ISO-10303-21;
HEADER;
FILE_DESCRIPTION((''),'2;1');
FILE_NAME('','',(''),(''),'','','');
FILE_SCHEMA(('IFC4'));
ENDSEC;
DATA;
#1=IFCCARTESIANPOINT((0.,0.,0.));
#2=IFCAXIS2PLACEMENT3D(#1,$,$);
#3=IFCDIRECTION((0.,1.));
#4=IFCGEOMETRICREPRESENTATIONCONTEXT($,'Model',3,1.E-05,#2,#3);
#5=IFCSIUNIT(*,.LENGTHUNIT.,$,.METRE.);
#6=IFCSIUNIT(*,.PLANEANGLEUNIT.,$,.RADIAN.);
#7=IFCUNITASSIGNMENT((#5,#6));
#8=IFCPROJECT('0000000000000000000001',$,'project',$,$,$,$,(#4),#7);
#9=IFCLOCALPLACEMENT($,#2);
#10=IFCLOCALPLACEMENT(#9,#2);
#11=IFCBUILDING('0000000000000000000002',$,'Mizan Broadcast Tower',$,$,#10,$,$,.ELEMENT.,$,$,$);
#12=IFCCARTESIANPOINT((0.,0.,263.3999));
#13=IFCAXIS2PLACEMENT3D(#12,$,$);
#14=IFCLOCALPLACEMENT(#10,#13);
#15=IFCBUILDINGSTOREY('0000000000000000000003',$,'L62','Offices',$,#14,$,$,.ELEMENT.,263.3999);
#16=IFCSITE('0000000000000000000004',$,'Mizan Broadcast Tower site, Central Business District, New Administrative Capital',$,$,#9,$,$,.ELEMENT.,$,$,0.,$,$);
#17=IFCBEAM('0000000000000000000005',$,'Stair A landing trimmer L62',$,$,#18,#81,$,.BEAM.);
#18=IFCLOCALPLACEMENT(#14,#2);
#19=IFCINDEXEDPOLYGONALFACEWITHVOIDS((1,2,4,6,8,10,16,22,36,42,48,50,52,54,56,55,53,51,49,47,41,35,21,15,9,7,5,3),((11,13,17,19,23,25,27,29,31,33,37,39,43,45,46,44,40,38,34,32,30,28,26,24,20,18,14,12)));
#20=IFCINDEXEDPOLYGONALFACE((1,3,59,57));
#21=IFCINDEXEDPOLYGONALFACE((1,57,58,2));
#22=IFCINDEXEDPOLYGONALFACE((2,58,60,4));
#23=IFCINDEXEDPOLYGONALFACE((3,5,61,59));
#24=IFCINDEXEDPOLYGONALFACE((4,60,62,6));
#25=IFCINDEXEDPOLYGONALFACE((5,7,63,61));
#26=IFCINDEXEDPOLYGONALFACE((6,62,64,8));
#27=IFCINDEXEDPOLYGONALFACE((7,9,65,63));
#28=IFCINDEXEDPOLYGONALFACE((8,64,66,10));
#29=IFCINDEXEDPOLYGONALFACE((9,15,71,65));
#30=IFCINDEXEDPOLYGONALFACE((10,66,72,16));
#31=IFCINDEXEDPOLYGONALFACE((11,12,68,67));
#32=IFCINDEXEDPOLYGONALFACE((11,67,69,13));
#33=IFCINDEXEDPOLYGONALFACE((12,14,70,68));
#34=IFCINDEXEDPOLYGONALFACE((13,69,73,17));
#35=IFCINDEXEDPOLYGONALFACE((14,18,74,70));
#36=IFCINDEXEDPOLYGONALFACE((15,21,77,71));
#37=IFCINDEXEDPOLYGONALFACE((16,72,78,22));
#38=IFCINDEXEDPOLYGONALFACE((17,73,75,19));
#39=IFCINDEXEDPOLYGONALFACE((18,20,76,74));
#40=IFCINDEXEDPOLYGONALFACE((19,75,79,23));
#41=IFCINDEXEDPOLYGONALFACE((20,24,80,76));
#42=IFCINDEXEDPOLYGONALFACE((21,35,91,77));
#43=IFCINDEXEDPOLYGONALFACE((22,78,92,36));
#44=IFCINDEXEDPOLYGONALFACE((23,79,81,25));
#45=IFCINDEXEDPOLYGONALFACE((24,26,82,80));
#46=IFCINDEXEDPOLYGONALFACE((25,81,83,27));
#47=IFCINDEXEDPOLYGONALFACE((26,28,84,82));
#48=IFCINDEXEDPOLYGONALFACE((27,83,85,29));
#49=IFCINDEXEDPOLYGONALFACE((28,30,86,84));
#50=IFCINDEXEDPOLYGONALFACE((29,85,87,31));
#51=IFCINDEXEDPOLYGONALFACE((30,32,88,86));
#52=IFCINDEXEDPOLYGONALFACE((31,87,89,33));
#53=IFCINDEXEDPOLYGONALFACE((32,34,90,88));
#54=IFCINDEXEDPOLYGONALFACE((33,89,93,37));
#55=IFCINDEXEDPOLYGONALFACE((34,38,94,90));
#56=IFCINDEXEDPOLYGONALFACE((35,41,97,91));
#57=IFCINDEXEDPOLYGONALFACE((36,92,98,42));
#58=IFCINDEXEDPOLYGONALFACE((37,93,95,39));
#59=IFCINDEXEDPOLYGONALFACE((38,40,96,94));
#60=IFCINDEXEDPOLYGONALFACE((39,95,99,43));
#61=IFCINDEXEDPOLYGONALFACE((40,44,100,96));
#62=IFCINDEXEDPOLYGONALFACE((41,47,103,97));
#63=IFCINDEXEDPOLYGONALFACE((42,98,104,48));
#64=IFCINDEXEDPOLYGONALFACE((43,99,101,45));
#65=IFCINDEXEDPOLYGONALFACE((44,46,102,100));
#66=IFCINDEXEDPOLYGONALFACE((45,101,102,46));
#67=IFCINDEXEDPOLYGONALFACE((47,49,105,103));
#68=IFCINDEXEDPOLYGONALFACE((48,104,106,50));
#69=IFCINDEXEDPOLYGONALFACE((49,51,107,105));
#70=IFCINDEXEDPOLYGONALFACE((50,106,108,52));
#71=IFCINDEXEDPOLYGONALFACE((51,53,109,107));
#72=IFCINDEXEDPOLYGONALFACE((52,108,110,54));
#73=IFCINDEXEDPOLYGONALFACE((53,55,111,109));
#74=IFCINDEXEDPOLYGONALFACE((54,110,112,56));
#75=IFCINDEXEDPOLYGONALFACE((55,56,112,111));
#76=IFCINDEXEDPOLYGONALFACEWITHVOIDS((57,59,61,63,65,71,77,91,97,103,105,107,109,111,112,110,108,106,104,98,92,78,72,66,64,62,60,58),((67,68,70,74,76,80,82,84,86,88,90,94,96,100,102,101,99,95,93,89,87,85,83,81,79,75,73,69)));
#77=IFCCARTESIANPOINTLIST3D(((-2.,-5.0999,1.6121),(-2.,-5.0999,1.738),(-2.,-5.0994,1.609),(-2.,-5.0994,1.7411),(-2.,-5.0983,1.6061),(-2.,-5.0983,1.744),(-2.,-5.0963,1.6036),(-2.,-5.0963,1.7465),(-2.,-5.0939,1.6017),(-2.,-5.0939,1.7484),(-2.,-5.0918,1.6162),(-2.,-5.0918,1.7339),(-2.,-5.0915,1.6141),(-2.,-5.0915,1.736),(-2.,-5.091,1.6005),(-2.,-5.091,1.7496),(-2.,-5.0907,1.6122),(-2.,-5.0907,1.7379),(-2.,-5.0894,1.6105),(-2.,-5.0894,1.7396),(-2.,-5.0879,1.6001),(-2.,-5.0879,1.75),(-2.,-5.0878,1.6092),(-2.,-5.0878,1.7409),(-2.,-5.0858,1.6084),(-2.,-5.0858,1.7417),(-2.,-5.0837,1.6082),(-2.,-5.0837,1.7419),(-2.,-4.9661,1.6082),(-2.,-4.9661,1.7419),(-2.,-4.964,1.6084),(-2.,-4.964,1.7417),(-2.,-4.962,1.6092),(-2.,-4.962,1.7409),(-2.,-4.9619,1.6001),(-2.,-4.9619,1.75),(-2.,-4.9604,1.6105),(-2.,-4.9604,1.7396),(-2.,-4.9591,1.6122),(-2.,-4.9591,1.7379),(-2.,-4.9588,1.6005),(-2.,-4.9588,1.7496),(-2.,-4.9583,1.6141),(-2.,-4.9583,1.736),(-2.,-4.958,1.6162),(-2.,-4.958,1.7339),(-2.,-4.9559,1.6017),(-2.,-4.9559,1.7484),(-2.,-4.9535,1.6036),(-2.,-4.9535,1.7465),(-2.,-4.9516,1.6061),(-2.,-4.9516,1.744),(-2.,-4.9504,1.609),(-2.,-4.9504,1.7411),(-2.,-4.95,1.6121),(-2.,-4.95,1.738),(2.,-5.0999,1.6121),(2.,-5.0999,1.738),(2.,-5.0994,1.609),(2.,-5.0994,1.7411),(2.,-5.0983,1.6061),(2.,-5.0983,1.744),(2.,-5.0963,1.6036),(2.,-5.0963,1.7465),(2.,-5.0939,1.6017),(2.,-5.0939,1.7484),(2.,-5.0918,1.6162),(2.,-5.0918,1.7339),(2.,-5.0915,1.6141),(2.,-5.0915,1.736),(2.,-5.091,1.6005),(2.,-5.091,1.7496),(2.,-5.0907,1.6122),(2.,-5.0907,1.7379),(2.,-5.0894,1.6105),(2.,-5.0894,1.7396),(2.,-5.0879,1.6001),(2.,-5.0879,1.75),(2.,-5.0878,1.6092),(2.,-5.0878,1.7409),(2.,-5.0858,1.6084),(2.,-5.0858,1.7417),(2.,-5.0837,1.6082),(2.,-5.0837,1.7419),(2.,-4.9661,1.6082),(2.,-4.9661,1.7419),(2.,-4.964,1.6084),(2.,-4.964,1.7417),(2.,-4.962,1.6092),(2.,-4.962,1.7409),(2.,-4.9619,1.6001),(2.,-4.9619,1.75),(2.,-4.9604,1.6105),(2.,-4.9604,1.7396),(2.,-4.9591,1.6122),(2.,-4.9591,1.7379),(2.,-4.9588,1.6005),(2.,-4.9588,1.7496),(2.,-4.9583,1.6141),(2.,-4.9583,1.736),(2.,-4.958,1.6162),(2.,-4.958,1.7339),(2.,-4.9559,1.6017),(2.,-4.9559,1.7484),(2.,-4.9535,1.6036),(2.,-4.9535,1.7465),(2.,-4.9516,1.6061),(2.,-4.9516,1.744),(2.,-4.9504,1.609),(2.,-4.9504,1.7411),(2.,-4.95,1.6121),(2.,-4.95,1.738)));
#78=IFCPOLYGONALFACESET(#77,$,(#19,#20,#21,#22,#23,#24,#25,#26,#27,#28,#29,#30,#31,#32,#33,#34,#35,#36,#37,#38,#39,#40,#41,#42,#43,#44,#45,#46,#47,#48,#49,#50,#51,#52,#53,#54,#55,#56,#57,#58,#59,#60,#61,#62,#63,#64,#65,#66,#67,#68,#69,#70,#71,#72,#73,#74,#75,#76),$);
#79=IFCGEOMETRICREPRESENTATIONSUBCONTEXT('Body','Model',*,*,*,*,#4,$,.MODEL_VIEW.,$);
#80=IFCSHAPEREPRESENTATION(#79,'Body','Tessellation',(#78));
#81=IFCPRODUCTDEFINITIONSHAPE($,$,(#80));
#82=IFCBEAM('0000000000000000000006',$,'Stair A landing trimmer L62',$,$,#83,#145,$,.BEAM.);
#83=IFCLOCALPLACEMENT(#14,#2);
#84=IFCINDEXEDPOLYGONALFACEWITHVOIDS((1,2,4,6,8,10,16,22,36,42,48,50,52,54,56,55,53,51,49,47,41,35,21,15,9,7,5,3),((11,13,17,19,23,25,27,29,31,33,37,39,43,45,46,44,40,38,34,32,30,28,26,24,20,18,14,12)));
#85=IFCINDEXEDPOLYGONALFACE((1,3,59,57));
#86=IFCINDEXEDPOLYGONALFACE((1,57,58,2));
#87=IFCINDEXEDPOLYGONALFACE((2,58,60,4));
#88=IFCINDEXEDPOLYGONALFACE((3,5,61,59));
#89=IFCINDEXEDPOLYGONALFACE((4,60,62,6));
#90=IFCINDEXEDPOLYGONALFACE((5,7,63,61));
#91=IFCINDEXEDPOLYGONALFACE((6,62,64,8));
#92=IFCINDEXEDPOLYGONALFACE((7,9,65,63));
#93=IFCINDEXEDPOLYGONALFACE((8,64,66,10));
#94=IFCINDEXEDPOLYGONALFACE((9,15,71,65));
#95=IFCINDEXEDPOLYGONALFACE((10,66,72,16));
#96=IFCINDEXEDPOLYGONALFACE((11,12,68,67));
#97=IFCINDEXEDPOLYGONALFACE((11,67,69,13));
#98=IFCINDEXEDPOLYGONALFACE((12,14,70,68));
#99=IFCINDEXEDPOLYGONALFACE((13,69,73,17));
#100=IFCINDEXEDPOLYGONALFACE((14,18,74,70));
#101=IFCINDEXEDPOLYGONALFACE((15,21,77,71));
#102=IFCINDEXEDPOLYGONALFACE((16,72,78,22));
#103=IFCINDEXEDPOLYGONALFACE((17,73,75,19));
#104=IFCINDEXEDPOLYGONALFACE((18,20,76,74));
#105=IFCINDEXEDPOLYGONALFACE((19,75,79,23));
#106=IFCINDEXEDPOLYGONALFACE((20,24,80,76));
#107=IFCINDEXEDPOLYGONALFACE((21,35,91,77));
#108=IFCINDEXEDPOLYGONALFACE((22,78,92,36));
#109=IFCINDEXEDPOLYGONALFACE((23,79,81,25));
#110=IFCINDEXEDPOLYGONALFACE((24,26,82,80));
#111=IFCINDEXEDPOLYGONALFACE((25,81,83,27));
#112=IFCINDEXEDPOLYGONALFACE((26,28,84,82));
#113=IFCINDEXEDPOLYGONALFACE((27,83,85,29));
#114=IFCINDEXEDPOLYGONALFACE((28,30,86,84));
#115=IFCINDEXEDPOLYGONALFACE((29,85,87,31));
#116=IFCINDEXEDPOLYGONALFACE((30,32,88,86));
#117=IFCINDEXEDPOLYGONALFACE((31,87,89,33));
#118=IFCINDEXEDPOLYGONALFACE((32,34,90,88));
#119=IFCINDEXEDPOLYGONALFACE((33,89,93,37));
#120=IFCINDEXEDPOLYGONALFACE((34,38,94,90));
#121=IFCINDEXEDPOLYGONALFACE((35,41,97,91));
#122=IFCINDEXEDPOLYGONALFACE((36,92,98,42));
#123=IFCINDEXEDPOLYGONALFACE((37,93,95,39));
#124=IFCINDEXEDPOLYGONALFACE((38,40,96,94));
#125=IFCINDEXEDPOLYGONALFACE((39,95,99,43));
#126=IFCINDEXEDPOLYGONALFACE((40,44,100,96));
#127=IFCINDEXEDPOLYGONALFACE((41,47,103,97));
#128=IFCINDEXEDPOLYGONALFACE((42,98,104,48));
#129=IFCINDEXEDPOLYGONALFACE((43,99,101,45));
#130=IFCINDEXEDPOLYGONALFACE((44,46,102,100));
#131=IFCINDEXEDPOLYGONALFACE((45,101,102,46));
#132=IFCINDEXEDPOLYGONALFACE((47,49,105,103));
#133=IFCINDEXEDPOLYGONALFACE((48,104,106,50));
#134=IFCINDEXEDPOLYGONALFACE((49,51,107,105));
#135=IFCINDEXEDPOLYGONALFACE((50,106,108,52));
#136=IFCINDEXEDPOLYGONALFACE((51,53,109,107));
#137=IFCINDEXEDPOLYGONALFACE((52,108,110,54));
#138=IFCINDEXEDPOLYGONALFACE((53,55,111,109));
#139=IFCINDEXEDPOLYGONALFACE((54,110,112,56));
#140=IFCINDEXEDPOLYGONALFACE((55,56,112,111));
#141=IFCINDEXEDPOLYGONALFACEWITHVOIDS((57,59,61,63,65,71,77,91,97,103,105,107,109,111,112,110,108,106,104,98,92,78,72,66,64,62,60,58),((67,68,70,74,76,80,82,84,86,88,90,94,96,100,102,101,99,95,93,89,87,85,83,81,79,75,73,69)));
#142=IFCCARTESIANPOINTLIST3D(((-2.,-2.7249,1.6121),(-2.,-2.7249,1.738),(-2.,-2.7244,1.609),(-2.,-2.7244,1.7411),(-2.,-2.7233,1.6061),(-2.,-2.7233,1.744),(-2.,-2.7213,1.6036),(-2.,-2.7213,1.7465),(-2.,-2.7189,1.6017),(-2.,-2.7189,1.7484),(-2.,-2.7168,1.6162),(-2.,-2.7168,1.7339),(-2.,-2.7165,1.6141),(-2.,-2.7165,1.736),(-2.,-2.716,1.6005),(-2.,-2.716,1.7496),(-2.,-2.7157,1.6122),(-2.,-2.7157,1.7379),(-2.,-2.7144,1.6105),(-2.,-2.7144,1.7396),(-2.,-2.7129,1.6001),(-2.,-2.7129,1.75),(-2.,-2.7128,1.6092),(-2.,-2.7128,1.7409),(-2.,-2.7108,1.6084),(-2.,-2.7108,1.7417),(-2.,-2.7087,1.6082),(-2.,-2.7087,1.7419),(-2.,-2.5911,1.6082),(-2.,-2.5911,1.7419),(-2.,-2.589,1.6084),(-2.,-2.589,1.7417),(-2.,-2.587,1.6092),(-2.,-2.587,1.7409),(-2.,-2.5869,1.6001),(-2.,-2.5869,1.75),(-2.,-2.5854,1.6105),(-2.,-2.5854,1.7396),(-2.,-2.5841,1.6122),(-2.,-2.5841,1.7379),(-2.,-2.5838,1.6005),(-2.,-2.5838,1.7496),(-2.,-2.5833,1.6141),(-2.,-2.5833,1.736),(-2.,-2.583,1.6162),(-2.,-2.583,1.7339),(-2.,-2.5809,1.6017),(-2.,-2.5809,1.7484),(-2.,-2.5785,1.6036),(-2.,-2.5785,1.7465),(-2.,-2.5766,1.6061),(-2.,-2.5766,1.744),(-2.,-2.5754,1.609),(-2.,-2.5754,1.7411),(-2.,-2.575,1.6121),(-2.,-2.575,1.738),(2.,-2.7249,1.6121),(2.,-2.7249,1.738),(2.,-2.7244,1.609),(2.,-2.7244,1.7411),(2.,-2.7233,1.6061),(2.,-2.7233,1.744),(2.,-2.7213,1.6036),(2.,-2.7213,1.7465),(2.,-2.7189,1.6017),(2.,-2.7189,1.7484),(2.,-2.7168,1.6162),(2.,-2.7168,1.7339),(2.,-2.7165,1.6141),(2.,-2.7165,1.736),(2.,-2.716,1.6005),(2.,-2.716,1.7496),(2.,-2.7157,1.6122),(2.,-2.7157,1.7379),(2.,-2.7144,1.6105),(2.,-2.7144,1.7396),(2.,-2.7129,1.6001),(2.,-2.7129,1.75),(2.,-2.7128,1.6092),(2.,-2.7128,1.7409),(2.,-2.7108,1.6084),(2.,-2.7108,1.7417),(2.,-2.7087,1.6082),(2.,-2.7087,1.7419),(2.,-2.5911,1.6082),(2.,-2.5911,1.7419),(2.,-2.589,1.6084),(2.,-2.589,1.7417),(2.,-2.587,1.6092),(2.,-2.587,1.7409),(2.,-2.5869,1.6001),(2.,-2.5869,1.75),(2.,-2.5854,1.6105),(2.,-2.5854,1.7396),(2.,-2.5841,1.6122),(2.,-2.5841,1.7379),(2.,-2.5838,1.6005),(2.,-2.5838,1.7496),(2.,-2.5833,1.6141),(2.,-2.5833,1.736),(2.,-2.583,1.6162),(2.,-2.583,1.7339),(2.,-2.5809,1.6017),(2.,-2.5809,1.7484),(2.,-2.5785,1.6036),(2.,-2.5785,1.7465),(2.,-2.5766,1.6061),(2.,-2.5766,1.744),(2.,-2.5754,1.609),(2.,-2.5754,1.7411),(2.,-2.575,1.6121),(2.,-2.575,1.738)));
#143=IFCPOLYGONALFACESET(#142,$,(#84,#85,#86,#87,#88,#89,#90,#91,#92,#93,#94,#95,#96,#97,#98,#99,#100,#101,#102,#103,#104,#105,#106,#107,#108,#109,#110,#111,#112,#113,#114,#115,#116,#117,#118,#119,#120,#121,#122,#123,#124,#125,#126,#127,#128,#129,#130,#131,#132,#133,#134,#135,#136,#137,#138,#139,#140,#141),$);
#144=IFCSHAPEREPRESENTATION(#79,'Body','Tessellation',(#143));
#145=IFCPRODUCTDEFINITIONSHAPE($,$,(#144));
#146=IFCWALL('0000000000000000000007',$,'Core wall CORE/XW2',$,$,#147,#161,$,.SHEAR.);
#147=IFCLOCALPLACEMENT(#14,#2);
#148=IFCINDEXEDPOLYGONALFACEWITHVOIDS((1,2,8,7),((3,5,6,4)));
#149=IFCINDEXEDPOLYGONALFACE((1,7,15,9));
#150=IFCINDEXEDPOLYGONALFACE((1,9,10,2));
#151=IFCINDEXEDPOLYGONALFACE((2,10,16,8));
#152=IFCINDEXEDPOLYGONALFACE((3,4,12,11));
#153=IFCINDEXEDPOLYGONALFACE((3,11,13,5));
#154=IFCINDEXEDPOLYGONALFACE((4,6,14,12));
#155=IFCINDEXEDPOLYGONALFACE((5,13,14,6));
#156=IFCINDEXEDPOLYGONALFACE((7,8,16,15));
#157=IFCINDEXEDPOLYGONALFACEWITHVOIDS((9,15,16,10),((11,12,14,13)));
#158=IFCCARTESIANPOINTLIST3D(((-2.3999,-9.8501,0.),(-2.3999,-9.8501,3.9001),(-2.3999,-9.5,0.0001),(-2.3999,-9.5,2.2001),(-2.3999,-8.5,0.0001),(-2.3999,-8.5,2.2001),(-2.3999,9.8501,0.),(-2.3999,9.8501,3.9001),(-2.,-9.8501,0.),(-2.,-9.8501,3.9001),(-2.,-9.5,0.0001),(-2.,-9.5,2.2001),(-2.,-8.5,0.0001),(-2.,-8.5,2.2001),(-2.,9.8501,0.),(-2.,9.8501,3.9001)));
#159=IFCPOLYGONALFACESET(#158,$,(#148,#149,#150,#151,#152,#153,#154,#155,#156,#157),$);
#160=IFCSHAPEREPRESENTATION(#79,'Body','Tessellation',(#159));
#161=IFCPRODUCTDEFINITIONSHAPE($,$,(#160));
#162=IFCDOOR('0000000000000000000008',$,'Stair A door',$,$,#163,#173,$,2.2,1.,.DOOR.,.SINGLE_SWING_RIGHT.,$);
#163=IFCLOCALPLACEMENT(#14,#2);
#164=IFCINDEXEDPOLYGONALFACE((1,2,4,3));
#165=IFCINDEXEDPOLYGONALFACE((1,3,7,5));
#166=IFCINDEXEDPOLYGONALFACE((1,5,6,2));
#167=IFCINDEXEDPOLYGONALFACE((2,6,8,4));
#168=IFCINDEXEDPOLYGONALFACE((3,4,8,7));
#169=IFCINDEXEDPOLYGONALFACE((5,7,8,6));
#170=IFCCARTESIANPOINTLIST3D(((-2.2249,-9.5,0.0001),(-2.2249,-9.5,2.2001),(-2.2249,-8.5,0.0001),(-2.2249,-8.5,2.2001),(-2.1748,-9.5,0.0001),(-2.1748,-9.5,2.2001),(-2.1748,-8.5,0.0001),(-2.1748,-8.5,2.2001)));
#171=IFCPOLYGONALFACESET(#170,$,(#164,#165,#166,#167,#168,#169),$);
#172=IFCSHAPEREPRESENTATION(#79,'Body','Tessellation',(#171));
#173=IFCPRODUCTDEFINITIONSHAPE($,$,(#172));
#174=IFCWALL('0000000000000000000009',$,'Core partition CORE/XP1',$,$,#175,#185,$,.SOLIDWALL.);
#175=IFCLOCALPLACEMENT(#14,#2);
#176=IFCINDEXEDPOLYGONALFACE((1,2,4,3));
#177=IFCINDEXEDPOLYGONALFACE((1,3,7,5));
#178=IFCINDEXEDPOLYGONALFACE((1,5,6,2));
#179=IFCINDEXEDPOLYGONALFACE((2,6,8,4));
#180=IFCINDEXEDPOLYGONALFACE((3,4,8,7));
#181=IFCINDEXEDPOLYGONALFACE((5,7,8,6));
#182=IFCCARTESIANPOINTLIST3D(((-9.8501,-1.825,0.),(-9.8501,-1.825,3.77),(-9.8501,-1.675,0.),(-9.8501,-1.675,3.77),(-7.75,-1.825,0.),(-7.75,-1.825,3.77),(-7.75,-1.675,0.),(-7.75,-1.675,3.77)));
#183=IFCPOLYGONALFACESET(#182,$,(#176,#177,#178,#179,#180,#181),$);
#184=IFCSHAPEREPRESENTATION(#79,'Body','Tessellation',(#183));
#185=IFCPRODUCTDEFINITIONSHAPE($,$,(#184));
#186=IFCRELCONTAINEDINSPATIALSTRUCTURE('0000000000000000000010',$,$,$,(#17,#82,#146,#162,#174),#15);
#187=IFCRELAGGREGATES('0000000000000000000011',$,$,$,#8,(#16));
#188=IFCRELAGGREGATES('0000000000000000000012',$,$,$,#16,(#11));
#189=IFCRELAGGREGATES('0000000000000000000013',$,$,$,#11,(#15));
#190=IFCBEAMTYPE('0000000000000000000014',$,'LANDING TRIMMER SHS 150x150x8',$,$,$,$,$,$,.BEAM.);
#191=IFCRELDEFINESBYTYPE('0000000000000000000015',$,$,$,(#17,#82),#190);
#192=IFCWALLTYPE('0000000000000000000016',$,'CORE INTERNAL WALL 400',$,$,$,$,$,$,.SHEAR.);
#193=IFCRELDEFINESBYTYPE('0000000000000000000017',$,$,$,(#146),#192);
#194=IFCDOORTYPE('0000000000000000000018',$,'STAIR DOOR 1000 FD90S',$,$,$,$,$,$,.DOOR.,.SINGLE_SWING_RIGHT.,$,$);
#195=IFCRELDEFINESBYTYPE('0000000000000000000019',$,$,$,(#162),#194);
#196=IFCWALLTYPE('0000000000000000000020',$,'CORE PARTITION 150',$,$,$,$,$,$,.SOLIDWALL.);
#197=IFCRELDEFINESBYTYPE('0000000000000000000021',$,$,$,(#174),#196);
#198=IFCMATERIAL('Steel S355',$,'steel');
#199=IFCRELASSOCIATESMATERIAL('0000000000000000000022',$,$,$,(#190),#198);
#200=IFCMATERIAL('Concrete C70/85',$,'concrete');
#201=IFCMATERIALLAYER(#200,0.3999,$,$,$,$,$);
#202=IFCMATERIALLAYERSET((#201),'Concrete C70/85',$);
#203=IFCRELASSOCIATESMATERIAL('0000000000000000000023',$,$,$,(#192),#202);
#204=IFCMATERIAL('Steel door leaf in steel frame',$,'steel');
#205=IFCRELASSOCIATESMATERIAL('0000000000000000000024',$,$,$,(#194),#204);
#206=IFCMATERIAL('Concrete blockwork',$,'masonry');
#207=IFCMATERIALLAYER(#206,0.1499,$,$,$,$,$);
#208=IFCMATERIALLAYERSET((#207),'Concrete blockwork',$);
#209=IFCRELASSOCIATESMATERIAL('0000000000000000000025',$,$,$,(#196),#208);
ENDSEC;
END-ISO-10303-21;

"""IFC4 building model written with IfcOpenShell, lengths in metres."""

from ifc_helpers import new_model, si_unit, direction, frame, frame_2d, origin, origin_2d, place, context, subcontext, project, spatial, rectangle, hollow_rectangle, extrude, material, layer, layer_set, material_profile, profile_set, type_object, element, fill, save


model = new_model("IFC4")

# Units and contexts
model_context = context("Model", 3, precision=1e-05, world=origin(), true_north=direction((0.0, 1.0)))
body_context = subcontext(model_context, "Body", "Model", "MODEL_VIEW")
ifc_project = project(units=[si_unit("LENGTHUNIT", "METRE"), si_unit("PLANEANGLEUNIT", "RADIAN")], contexts=[model_context])

# Site, building, storey
site_placement = place(None, origin())
site = spatial("IfcSite", under=ifc_project, at=site_placement, Name="Mizan Broadcast Tower site, Central Business District, New Administrative Capital", CompositionType="ELEMENT", RefElevation=0.0)
building_placement = place(site_placement, origin())
building = spatial("IfcBuilding", under=site, at=building_placement, Name="Mizan Broadcast Tower", CompositionType="ELEMENT")
storey_placement = place(building_placement, frame((0.0, 0.0, 263.3999)))
storey = spatial("IfcBuildingStorey", under=building, at=storey_placement, Name="L62", Description="Offices", CompositionType="ELEMENT", Elevation=263.3999)

# Beams
ifc_material_1 = material(Name="Steel S355", Category="steel")
ifc_material_profile = material_profile(ifc_material_1, hollow_rectangle(XDim=0.1499, YDim=0.1499, WallThickness=0.0081, InnerFilletRadius=0.0081, OuterFilletRadius=0.012, at=origin_2d()), Name="SHS 150x150x8")
ifc_profile_set = profile_set([ifc_material_profile], Name="Steel S355")
beam_type = type_object("IfcBeamType", Name="LANDING TRIMMER SHS 150x150x8", PredefinedType="BEAM", material=ifc_profile_set)
for number, where, z_axis, x_axis, name in (
    (1, (-2.0, -5.0249, 1.675), (1.0, 0.0, 0.0), (0.0, 1.0, 0.0), "Stair A landing trimmer L62"),
    (2, (-2.0, -2.6499, 1.675), (1.0, 0.0, 0.0), (0.0, 1.0, 0.0), "Stair A landing trimmer L62"),
):
    element("IfcBeam", number, at=place(storey_placement, frame(where, z_axis=z_axis, x_axis=x_axis)), inside=storey, type_object=beam_type, Name=name, PredefinedType="BEAM", context=body_context, shape_type="SweptSolid", body=[
        extrude(hollow_rectangle(XDim=0.1499, YDim=0.1499, WallThickness=0.0081, InnerFilletRadius=0.0081, OuterFilletRadius=0.012, at=origin_2d()), origin(), (0.0, 0.0, 1.0), 4.0),
    ])

# Wall, opening, door
ifc_material_2 = material(Name="Concrete C70/85", Category="concrete")
ifc_layer_1 = layer(ifc_material_2, 0.3999)
ifc_layer_set_1 = layer_set([ifc_layer_1], Name="Concrete C70/85")
wall_type_1 = type_object("IfcWallType", Name="CORE INTERNAL WALL 400", PredefinedType="SHEAR", material=ifc_layer_set_1)
wall_1_placement = place(storey_placement, frame((-2.2, -9.8501, 0.0), z_axis=(0.0, 0.0, 1.0), x_axis=(0.0, 1.0, 0.0)))
wall_1 = element("IfcWall", 3, at=wall_1_placement, inside=storey, type_object=wall_type_1, Name="Core wall CORE/XW2", PredefinedType="SHEAR", context=body_context, shape_type="SweptSolid", body=[
    extrude(rectangle(XDim=19.7002, YDim=0.3999, at=frame_2d((9.8501, 0.0))), origin(), (0.0, 0.0, 1.0), 3.9001),
])
opening_1_placement = place(wall_1_placement, frame((0.3501, 0.0, 0.0)))
opening_1 = element("IfcOpeningElement", 4, at=opening_1_placement, cuts=wall_1, PredefinedType="OPENING", context=body_context, shape_type="SweptSolid", body=[
    extrude(rectangle(XDim=1.0, YDim=2.2, at=frame_2d((0.5, 1.1001))), frame((0.0, 0.21, 0.0), z_axis=(0.0, -1.0, 0.0), x_axis=(1.0, 0.0, 0.0)), (0.0, 0.0, 1.0), 0.4199),
])
ifc_material_3 = material(Name="Steel door leaf in steel frame", Category="steel")
door_type_1 = type_object("IfcDoorType", Name="STAIR DOOR 1000 FD90S", OperationType="SINGLE_SWING_RIGHT", PredefinedType="DOOR", material=ifc_material_3)
door_1_placement = place(opening_1_placement, origin())
door_1 = element("IfcDoor", 5, at=door_1_placement, inside=storey, type_object=door_type_1, Name="Stair A door", OperationType="SINGLE_SWING_RIGHT", OverallHeight=2.2, OverallWidth=1.0, PredefinedType="DOOR", context=body_context, shape_type="SweptSolid", body=[
    extrude(rectangle(XDim=1.0, YDim=2.2, at=frame_2d((0.5, 1.1001))), frame((0.0, 0.0249, 0.0), z_axis=(0.0, -1.0, 0.0), x_axis=(1.0, 0.0, 0.0)), (0.0, 0.0, 1.0), 0.05),
])
fill(opening_1, door_1)

# Wall
ifc_material_4 = material(Name="Concrete blockwork", Category="masonry")
ifc_layer_2 = layer(ifc_material_4, 0.1499)
ifc_layer_set_2 = layer_set([ifc_layer_2], Name="Concrete blockwork")
wall_type_2 = type_object("IfcWallType", Name="CORE PARTITION 150", PredefinedType="SOLIDWALL", material=ifc_layer_set_2)
wall_2_placement = place(storey_placement, frame((-9.8501, -1.75, 0.0), z_axis=(0.0, 0.0, 1.0), x_axis=(1.0, 0.0, 0.0)))
element("IfcWall", 6, at=wall_2_placement, inside=storey, type_object=wall_type_2, Name="Core partition CORE/XP1", PredefinedType="SOLIDWALL", context=body_context, shape_type="SweptSolid", body=[
    extrude(rectangle(XDim=2.1001, YDim=0.1499, at=frame_2d((1.05, 0.0))), origin(), (0.0, 0.0, 1.0), 3.77),
])

save(model, "model.ifc")
